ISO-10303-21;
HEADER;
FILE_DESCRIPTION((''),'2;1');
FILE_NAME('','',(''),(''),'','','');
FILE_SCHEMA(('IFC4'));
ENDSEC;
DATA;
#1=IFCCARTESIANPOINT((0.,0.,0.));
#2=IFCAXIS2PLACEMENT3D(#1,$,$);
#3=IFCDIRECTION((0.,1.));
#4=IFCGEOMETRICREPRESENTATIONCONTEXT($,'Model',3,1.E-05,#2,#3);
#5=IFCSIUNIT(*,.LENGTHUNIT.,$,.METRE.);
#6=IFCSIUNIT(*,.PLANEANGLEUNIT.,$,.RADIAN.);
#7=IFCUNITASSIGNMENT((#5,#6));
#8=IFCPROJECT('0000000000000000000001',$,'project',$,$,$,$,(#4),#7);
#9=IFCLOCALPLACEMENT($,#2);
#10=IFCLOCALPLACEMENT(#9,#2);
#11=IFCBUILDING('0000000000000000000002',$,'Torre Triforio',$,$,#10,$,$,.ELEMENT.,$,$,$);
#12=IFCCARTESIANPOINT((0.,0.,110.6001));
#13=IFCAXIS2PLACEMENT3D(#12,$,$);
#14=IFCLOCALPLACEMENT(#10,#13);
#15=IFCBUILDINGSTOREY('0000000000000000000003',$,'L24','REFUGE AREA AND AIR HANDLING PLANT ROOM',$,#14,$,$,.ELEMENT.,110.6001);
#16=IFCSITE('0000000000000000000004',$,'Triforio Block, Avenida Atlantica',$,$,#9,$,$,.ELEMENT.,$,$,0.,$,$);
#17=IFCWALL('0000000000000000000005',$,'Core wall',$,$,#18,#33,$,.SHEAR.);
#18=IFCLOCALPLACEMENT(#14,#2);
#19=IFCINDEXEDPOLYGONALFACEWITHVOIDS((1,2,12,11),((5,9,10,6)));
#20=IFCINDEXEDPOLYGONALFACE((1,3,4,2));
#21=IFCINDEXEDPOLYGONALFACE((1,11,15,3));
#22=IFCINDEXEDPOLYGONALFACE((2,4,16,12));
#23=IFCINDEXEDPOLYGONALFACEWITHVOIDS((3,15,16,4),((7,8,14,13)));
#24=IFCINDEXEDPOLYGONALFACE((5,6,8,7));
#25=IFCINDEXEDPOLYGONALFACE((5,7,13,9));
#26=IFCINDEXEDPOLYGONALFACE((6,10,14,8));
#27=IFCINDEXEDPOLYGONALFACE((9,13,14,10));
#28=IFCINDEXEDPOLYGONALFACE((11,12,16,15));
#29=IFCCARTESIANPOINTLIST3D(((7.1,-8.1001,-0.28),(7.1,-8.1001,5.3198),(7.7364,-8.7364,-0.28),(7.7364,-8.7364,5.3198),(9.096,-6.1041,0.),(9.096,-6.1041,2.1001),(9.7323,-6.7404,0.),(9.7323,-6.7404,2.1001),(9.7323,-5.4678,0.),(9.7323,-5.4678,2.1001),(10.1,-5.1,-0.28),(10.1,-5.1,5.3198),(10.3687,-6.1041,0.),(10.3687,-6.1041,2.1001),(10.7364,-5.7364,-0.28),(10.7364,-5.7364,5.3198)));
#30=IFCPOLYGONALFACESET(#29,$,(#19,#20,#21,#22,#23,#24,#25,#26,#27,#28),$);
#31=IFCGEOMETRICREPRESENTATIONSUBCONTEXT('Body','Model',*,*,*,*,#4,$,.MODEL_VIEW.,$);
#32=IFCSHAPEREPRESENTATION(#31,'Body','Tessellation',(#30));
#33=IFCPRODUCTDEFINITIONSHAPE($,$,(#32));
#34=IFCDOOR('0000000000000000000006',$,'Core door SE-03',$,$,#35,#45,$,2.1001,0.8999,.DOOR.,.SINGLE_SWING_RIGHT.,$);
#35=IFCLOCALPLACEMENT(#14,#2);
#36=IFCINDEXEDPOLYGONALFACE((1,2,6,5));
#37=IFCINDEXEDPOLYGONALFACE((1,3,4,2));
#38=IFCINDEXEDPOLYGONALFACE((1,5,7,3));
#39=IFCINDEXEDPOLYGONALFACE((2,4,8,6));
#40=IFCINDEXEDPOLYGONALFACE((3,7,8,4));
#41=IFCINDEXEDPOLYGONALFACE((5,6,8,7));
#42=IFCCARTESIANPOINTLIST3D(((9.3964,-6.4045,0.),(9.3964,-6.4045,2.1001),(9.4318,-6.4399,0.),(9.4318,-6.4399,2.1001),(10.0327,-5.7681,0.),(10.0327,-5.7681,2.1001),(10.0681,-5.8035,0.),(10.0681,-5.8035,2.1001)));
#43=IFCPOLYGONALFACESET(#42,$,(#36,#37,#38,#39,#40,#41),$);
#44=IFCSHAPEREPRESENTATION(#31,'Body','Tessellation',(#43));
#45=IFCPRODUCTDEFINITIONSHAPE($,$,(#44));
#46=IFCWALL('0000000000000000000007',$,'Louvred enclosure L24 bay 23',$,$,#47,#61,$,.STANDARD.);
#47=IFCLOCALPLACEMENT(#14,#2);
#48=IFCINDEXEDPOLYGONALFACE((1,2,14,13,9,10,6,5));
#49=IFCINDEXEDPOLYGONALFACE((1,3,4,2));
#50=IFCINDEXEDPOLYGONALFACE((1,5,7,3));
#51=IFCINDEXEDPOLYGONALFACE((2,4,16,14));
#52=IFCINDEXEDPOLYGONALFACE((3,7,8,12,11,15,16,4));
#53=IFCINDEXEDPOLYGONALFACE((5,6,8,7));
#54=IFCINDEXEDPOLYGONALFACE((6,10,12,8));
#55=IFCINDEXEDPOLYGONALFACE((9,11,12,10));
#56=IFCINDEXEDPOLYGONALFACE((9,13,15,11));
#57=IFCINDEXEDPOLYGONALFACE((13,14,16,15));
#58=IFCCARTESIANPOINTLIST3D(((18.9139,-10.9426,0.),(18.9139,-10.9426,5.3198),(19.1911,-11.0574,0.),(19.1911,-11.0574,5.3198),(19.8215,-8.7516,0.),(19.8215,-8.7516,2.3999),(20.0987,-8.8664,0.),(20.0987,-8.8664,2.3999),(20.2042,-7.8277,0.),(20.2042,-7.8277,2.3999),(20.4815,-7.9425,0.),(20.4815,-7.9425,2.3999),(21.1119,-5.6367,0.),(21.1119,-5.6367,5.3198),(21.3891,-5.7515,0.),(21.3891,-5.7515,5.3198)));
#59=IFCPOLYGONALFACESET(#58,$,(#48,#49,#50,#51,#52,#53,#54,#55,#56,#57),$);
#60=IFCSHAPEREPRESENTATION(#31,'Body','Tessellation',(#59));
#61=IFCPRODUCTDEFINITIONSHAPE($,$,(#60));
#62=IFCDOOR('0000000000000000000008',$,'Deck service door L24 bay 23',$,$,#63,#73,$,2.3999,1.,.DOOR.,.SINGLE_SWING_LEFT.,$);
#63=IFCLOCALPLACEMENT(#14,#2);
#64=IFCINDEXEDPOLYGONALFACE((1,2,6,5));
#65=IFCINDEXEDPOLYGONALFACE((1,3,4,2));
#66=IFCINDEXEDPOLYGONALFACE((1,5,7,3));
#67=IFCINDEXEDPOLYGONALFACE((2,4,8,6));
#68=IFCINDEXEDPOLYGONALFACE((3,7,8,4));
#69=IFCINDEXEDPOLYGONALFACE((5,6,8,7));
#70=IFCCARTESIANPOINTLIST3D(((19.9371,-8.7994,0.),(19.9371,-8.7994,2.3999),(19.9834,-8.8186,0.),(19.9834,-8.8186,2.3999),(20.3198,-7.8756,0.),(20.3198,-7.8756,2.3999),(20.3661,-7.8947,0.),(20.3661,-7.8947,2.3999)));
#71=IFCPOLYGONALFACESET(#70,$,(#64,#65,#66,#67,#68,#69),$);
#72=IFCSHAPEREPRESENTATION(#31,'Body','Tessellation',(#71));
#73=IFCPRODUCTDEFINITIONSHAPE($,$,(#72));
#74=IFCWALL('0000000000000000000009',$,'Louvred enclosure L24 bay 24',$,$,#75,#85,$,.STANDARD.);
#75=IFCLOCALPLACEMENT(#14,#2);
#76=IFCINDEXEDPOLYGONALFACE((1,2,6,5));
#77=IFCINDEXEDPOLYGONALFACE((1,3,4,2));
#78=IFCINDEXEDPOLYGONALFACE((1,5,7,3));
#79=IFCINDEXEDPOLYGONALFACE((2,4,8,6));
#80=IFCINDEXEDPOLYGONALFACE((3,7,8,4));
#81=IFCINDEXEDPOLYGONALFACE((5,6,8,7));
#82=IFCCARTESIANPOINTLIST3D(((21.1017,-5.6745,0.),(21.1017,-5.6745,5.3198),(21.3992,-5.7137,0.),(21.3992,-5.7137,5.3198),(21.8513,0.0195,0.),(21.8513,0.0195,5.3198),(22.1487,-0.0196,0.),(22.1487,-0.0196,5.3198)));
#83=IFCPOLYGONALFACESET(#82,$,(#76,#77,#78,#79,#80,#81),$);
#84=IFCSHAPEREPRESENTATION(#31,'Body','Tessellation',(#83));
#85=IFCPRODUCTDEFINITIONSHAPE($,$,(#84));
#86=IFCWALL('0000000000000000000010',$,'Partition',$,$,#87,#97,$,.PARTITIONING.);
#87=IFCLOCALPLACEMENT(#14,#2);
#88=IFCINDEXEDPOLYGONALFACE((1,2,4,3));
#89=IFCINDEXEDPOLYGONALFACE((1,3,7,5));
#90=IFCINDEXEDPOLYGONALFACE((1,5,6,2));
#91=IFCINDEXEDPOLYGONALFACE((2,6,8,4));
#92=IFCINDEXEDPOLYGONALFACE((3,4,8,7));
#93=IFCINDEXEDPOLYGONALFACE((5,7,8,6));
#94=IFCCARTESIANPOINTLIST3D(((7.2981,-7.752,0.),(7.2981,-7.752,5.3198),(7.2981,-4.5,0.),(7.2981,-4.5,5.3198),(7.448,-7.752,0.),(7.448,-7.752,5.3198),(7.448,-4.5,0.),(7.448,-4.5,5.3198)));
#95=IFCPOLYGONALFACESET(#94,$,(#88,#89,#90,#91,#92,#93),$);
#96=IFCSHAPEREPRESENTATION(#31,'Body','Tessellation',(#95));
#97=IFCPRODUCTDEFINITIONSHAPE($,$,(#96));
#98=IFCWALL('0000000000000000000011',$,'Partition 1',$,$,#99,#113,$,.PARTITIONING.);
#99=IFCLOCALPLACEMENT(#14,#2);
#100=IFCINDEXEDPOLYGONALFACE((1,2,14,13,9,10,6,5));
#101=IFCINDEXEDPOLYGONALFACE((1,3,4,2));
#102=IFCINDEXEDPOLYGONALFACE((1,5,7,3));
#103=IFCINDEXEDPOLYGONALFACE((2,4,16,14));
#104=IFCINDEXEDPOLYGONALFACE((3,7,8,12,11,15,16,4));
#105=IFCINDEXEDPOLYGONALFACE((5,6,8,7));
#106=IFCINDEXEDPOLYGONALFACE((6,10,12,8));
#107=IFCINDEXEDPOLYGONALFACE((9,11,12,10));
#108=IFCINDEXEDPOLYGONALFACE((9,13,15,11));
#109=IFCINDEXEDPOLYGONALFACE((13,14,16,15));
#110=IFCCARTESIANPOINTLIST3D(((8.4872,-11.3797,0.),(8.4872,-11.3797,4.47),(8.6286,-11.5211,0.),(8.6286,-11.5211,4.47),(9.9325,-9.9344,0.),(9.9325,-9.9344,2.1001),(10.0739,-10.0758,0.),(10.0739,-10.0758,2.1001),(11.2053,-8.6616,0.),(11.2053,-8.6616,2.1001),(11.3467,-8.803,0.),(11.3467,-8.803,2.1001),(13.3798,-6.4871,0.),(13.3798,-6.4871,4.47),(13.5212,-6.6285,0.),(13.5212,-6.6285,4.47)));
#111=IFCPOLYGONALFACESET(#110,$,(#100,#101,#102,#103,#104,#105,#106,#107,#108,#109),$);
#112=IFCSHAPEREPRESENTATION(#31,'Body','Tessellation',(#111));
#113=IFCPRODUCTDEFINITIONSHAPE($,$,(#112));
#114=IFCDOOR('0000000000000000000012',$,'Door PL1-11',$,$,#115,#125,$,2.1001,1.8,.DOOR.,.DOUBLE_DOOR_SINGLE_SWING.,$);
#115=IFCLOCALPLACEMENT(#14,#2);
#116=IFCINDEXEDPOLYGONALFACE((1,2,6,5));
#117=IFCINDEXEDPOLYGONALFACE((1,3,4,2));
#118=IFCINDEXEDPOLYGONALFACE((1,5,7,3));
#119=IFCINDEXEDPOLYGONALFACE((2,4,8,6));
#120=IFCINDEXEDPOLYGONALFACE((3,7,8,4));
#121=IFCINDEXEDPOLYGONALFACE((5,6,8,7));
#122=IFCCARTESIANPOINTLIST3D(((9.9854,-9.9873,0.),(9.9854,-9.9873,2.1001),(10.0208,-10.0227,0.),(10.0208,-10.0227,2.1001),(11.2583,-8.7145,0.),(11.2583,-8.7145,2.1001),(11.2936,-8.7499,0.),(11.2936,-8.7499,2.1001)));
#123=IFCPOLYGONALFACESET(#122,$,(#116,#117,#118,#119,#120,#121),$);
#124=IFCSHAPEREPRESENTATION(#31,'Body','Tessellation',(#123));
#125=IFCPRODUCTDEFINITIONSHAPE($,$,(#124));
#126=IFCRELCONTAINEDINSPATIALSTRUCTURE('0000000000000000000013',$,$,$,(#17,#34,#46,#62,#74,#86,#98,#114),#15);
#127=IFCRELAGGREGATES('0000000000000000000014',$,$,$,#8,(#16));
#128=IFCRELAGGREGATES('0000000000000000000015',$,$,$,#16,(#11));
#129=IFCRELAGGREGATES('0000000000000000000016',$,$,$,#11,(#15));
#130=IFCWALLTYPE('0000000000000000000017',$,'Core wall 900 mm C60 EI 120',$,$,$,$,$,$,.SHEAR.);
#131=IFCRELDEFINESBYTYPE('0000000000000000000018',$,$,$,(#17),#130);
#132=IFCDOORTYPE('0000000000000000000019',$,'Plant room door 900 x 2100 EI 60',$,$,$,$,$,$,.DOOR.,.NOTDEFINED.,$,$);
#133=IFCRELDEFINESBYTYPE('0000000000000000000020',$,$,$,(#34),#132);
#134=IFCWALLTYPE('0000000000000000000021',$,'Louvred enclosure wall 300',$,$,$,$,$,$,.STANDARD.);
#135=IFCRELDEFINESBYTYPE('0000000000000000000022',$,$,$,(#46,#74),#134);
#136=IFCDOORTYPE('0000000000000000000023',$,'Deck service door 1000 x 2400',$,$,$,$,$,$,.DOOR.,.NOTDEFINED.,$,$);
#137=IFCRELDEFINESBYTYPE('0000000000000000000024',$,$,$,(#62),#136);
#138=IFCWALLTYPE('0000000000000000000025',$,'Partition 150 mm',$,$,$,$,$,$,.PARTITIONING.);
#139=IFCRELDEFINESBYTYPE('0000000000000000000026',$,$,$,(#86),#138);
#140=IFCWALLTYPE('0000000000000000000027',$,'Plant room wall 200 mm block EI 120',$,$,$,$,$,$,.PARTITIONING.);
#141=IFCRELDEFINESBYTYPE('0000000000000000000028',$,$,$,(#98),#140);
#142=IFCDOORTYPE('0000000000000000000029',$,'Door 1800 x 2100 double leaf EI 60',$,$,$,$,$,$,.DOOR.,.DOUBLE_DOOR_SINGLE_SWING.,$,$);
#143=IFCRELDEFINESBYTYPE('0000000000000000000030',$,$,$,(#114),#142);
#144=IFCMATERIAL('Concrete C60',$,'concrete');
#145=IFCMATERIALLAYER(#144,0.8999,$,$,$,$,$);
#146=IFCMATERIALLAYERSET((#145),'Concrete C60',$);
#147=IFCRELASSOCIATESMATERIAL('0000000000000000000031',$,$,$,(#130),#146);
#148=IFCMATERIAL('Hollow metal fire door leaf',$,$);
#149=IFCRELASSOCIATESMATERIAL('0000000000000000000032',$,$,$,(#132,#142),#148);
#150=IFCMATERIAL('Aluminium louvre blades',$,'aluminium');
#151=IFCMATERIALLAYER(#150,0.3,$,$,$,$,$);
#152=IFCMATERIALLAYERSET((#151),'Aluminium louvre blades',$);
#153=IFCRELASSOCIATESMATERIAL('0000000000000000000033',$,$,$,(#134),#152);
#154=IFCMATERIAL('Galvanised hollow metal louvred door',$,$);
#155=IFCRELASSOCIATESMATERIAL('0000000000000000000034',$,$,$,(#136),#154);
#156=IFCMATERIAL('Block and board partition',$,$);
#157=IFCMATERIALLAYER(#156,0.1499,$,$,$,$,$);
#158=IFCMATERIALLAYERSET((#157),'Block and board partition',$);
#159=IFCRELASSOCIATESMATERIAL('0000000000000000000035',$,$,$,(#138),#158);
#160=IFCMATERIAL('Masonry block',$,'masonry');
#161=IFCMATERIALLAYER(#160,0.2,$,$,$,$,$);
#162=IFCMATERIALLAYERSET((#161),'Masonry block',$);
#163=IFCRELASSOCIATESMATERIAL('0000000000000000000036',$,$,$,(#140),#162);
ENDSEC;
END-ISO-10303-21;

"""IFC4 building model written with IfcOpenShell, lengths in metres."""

from ifc_helpers import new_model, si_unit, direction, frame, frame_2d, origin, place, context, subcontext, project, spatial, rectangle, extrude, material, layer, layer_set, type_object, element, fill, save


model = new_model("IFC4")

# Units and contexts
model_context = context("Model", 3, precision=1e-05, world=origin(), true_north=direction((0.0, 1.0)))
body_context = subcontext(model_context, "Body", "Model", "MODEL_VIEW")
ifc_project = project(units=[si_unit("LENGTHUNIT", "METRE"), si_unit("PLANEANGLEUNIT", "RADIAN")], contexts=[model_context])

# Site, building, storey
site_placement = place(None, origin())
site = spatial("IfcSite", under=ifc_project, at=site_placement, Name="Triforio Block, Avenida Atlantica", CompositionType="ELEMENT", RefElevation=0.0)
building_placement = place(site_placement, origin())
building = spatial("IfcBuilding", under=site, at=building_placement, Name="Torre Triforio", CompositionType="ELEMENT")
storey_placement = place(building_placement, frame((0.0, 0.0, 110.6001)))
storey = spatial("IfcBuildingStorey", under=building, at=storey_placement, Name="L24", Description="REFUGE AREA AND AIR HANDLING PLANT ROOM", CompositionType="ELEMENT", Elevation=110.6001)

# Shared definitions
ifc_material_1 = material(Name="Concrete C60", Category="concrete")

# Walls, openings, doors
ifc_layer_1 = layer(ifc_material_1, 0.8999)
ifc_layer_set_1 = layer_set([ifc_layer_1], Name="Concrete C60")
wall_type_1 = type_object("IfcWallType", Name="Core wall 900 mm C60 EI 120", PredefinedType="SHEAR", material=ifc_layer_set_1)
ifc_material_2 = material(Name="Hollow metal fire door leaf")
wall_1_placement = place(storey_placement, frame((10.4182, -5.4182, -0.28), z_axis=(0.0, 0.0, 1.0), x_axis=(-0.707107, -0.707107, 0.0)))
wall_1 = element("IfcWall", 1, at=wall_1_placement, inside=storey, type_object=wall_type_1, Name="Core wall", PredefinedType="SHEAR", context=body_context, shape_type="SweptSolid", body=[
    extrude(rectangle(XDim=4.2427, YDim=0.8999, at=frame_2d((2.1213, 0.0))), origin(), (0.0, 0.0, 1.0), 5.5999),
])
opening_1_placement = place(wall_1_placement, frame((0.52, 0.0, 0.28)))
opening_1 = element("IfcOpeningElement", 2, at=opening_1_placement, cuts=wall_1, PredefinedType="OPENING", context=body_context, shape_type="SweptSolid", body=[
    extrude(rectangle(XDim=0.8999, YDim=2.1001, at=frame_2d((0.45, 1.05))), frame((0.0, 0.46, 0.0), z_axis=(0.0, -1.0, 0.0), x_axis=(1.0, 0.0, 0.0)), (0.0, 0.0, 1.0), 0.9199),
])
door_type_1 = type_object("IfcDoorType", Name="Plant room door 900 x 2100 EI 60", OperationType="NOTDEFINED", PredefinedType="DOOR", material=ifc_material_2)
door_1_placement = place(opening_1_placement, origin())
door_1 = element("IfcDoor", 3, at=door_1_placement, inside=storey, type_object=door_type_1, Name="Core door SE-03", OperationType="SINGLE_SWING_RIGHT", OverallHeight=2.1001, OverallWidth=0.8999, PredefinedType="DOOR", context=body_context, shape_type="SweptSolid", body=[
    extrude(rectangle(XDim=0.8999, YDim=2.1001, at=frame_2d((0.45, 1.05))), frame((0.0, 0.0249, 0.0), z_axis=(0.0, -1.0, 0.0), x_axis=(1.0, 0.0, 0.0)), (0.0, 0.0, 1.0), 0.05),
])
fill(opening_1, door_1)
ifc_material_3 = material(Name="Aluminium louvre blades", Category="aluminium")
ifc_layer_2 = layer(ifc_material_3, 0.3)
ifc_layer_set_2 = layer_set([ifc_layer_2], Name="Aluminium louvre blades")
wall_type_2 = type_object("IfcWallType", Name="Louvred enclosure wall 300", PredefinedType="STANDARD", material=ifc_layer_set_2)
wall_2_placement = place(storey_placement, frame((19.0525, -11.0, 0.0), z_axis=(0.0, 0.0, 1.0), x_axis=(0.382716, 0.923866, 0.0)))
wall_2 = element("IfcWall", 4, at=wall_2_placement, inside=storey, type_object=wall_type_2, Name="Louvred enclosure L24 bay 23", PredefinedType="STANDARD", context=body_context, shape_type="SweptSolid", body=[
    extrude(rectangle(XDim=5.7432, YDim=0.3, at=frame_2d((2.8716, 0.0))), origin(), (0.0, 0.0, 1.0), 5.3198),
])
opening_2_placement = place(wall_2_placement, frame((2.3716, 0.0, 0.0)))
opening_2 = element("IfcOpeningElement", 5, at=opening_2_placement, cuts=wall_2, PredefinedType="OPENING", context=body_context, shape_type="SweptSolid", body=[
    extrude(rectangle(XDim=1.0, YDim=2.3999, at=frame_2d((0.5, 1.2))), frame((0.0, 0.1599, 0.0), z_axis=(0.0, -1.0, 0.0), x_axis=(1.0, 0.0, 0.0)), (0.0, 0.0, 1.0), 0.3201),
])
ifc_material_4 = material(Name="Galvanised hollow metal louvred door")
door_type_2 = type_object("IfcDoorType", Name="Deck service door 1000 x 2400", OperationType="NOTDEFINED", PredefinedType="DOOR", material=ifc_material_4)
door_2_placement = place(opening_2_placement, origin())
door_2 = element("IfcDoor", 6, at=door_2_placement, inside=storey, type_object=door_type_2, Name="Deck service door L24 bay 23", OperationType="SINGLE_SWING_LEFT", OverallHeight=2.3999, OverallWidth=1.0, PredefinedType="DOOR", context=body_context, shape_type="SweptSolid", body=[
    extrude(rectangle(XDim=1.0, YDim=2.3999, at=frame_2d((0.5, 1.2))), frame((0.0, 0.0249, 0.0), z_axis=(0.0, -1.0, 0.0), x_axis=(1.0, 0.0, 0.0)), (0.0, 0.0, 1.0), 0.05),
])
fill(opening_2, door_2)

# Walls
wall_3_placement = place(storey_placement, frame((21.2505, -5.6941, 0.0), z_axis=(0.0, 0.0, 1.0), x_axis=(0.130504, 0.991448, 0.0)))
element("IfcWall", 7, at=wall_3_placement, inside=storey, type_object=wall_type_2, Name="Louvred enclosure L24 bay 24", PredefinedType="STANDARD", context=body_context, shape_type="SweptSolid", body=[
    extrude(rectangle(XDim=5.7432, YDim=0.3, at=frame_2d((2.8716, 0.0))), origin(), (0.0, 0.0, 1.0), 5.3198),
])
ifc_material_5 = material(Name="Block and board partition")
ifc_layer_3 = layer(ifc_material_5, 0.1499)
ifc_layer_set_3 = layer_set([ifc_layer_3], Name="Block and board partition")
wall_type_3 = type_object("IfcWallType", Name="Partition 150 mm", PredefinedType="PARTITIONING", material=ifc_layer_set_3)
wall_4_placement = place(storey_placement, frame((7.373, -7.752, 0.0), z_axis=(0.0, 0.0, 1.0), x_axis=(0.0, 1.0, 0.0)))
element("IfcWall", 8, at=wall_4_placement, inside=storey, type_object=wall_type_3, Name="Partition", PredefinedType="PARTITIONING", context=body_context, shape_type="SweptSolid", body=[
    extrude(rectangle(XDim=3.252, YDim=0.1499, at=frame_2d((1.626, 0.0))), origin(), (0.0, 0.0, 1.0), 5.3198),
])

# Wall, opening, door
ifc_material_6 = material(Name="Masonry block", Category="masonry")
ifc_layer_4 = layer(ifc_material_6, 0.2)
ifc_layer_set_4 = layer_set([ifc_layer_4], Name="Masonry block")
wall_type_4 = type_object("IfcWallType", Name="Plant room wall 200 mm block EI 120", PredefinedType="PARTITIONING", material=ifc_layer_set_4)
wall_5_placement = place(storey_placement, frame((13.4504, -6.5579, 0.0), z_axis=(0.0, 0.0, 1.0), x_axis=(-0.707107, -0.707107, 0.0)))
wall_5 = element("IfcWall", 9, at=wall_5_placement, inside=storey, type_object=wall_type_4, Name="Partition 1", PredefinedType="PARTITIONING", context=body_context, shape_type="SweptSolid", body=[
    extrude(rectangle(XDim=6.9192, YDim=0.2, at=frame_2d((3.4595, 0.0))), origin(), (0.0, 0.0, 1.0), 4.47),
])
opening_3_placement = place(wall_5_placement, frame((3.0752, 0.0, 0.0)))
opening_3 = element("IfcOpeningElement", 10, at=opening_3_placement, cuts=wall_5, PredefinedType="OPENING", context=body_context, shape_type="SweptSolid", body=[
    extrude(rectangle(XDim=1.8, YDim=2.1001, at=frame_2d((0.8999, 1.05))), frame((0.0, 0.1099, 0.0), z_axis=(0.0, -1.0, 0.0), x_axis=(1.0, 0.0, 0.0)), (0.0, 0.0, 1.0), 0.22),
])
door_type_3 = type_object("IfcDoorType", Name="Door 1800 x 2100 double leaf EI 60", OperationType="DOUBLE_DOOR_SINGLE_SWING", PredefinedType="DOOR", material=ifc_material_2)
door_3_placement = place(opening_3_placement, origin())
door_3 = element("IfcDoor", 11, at=door_3_placement, inside=storey, type_object=door_type_3, Name="Door PL1-11", OperationType="DOUBLE_DOOR_SINGLE_SWING", OverallHeight=2.1001, OverallWidth=1.8, PredefinedType="DOOR", context=body_context, shape_type="SweptSolid", body=[
    extrude(rectangle(XDim=1.8, YDim=2.1001, at=frame_2d((0.8999, 1.05))), frame((0.0, 0.0249, 0.0), z_axis=(0.0, -1.0, 0.0), x_axis=(1.0, 0.0, 0.0)), (0.0, 0.0, 1.0), 0.05),
])
fill(opening_3, door_3)

save(model, "model.ifc")
